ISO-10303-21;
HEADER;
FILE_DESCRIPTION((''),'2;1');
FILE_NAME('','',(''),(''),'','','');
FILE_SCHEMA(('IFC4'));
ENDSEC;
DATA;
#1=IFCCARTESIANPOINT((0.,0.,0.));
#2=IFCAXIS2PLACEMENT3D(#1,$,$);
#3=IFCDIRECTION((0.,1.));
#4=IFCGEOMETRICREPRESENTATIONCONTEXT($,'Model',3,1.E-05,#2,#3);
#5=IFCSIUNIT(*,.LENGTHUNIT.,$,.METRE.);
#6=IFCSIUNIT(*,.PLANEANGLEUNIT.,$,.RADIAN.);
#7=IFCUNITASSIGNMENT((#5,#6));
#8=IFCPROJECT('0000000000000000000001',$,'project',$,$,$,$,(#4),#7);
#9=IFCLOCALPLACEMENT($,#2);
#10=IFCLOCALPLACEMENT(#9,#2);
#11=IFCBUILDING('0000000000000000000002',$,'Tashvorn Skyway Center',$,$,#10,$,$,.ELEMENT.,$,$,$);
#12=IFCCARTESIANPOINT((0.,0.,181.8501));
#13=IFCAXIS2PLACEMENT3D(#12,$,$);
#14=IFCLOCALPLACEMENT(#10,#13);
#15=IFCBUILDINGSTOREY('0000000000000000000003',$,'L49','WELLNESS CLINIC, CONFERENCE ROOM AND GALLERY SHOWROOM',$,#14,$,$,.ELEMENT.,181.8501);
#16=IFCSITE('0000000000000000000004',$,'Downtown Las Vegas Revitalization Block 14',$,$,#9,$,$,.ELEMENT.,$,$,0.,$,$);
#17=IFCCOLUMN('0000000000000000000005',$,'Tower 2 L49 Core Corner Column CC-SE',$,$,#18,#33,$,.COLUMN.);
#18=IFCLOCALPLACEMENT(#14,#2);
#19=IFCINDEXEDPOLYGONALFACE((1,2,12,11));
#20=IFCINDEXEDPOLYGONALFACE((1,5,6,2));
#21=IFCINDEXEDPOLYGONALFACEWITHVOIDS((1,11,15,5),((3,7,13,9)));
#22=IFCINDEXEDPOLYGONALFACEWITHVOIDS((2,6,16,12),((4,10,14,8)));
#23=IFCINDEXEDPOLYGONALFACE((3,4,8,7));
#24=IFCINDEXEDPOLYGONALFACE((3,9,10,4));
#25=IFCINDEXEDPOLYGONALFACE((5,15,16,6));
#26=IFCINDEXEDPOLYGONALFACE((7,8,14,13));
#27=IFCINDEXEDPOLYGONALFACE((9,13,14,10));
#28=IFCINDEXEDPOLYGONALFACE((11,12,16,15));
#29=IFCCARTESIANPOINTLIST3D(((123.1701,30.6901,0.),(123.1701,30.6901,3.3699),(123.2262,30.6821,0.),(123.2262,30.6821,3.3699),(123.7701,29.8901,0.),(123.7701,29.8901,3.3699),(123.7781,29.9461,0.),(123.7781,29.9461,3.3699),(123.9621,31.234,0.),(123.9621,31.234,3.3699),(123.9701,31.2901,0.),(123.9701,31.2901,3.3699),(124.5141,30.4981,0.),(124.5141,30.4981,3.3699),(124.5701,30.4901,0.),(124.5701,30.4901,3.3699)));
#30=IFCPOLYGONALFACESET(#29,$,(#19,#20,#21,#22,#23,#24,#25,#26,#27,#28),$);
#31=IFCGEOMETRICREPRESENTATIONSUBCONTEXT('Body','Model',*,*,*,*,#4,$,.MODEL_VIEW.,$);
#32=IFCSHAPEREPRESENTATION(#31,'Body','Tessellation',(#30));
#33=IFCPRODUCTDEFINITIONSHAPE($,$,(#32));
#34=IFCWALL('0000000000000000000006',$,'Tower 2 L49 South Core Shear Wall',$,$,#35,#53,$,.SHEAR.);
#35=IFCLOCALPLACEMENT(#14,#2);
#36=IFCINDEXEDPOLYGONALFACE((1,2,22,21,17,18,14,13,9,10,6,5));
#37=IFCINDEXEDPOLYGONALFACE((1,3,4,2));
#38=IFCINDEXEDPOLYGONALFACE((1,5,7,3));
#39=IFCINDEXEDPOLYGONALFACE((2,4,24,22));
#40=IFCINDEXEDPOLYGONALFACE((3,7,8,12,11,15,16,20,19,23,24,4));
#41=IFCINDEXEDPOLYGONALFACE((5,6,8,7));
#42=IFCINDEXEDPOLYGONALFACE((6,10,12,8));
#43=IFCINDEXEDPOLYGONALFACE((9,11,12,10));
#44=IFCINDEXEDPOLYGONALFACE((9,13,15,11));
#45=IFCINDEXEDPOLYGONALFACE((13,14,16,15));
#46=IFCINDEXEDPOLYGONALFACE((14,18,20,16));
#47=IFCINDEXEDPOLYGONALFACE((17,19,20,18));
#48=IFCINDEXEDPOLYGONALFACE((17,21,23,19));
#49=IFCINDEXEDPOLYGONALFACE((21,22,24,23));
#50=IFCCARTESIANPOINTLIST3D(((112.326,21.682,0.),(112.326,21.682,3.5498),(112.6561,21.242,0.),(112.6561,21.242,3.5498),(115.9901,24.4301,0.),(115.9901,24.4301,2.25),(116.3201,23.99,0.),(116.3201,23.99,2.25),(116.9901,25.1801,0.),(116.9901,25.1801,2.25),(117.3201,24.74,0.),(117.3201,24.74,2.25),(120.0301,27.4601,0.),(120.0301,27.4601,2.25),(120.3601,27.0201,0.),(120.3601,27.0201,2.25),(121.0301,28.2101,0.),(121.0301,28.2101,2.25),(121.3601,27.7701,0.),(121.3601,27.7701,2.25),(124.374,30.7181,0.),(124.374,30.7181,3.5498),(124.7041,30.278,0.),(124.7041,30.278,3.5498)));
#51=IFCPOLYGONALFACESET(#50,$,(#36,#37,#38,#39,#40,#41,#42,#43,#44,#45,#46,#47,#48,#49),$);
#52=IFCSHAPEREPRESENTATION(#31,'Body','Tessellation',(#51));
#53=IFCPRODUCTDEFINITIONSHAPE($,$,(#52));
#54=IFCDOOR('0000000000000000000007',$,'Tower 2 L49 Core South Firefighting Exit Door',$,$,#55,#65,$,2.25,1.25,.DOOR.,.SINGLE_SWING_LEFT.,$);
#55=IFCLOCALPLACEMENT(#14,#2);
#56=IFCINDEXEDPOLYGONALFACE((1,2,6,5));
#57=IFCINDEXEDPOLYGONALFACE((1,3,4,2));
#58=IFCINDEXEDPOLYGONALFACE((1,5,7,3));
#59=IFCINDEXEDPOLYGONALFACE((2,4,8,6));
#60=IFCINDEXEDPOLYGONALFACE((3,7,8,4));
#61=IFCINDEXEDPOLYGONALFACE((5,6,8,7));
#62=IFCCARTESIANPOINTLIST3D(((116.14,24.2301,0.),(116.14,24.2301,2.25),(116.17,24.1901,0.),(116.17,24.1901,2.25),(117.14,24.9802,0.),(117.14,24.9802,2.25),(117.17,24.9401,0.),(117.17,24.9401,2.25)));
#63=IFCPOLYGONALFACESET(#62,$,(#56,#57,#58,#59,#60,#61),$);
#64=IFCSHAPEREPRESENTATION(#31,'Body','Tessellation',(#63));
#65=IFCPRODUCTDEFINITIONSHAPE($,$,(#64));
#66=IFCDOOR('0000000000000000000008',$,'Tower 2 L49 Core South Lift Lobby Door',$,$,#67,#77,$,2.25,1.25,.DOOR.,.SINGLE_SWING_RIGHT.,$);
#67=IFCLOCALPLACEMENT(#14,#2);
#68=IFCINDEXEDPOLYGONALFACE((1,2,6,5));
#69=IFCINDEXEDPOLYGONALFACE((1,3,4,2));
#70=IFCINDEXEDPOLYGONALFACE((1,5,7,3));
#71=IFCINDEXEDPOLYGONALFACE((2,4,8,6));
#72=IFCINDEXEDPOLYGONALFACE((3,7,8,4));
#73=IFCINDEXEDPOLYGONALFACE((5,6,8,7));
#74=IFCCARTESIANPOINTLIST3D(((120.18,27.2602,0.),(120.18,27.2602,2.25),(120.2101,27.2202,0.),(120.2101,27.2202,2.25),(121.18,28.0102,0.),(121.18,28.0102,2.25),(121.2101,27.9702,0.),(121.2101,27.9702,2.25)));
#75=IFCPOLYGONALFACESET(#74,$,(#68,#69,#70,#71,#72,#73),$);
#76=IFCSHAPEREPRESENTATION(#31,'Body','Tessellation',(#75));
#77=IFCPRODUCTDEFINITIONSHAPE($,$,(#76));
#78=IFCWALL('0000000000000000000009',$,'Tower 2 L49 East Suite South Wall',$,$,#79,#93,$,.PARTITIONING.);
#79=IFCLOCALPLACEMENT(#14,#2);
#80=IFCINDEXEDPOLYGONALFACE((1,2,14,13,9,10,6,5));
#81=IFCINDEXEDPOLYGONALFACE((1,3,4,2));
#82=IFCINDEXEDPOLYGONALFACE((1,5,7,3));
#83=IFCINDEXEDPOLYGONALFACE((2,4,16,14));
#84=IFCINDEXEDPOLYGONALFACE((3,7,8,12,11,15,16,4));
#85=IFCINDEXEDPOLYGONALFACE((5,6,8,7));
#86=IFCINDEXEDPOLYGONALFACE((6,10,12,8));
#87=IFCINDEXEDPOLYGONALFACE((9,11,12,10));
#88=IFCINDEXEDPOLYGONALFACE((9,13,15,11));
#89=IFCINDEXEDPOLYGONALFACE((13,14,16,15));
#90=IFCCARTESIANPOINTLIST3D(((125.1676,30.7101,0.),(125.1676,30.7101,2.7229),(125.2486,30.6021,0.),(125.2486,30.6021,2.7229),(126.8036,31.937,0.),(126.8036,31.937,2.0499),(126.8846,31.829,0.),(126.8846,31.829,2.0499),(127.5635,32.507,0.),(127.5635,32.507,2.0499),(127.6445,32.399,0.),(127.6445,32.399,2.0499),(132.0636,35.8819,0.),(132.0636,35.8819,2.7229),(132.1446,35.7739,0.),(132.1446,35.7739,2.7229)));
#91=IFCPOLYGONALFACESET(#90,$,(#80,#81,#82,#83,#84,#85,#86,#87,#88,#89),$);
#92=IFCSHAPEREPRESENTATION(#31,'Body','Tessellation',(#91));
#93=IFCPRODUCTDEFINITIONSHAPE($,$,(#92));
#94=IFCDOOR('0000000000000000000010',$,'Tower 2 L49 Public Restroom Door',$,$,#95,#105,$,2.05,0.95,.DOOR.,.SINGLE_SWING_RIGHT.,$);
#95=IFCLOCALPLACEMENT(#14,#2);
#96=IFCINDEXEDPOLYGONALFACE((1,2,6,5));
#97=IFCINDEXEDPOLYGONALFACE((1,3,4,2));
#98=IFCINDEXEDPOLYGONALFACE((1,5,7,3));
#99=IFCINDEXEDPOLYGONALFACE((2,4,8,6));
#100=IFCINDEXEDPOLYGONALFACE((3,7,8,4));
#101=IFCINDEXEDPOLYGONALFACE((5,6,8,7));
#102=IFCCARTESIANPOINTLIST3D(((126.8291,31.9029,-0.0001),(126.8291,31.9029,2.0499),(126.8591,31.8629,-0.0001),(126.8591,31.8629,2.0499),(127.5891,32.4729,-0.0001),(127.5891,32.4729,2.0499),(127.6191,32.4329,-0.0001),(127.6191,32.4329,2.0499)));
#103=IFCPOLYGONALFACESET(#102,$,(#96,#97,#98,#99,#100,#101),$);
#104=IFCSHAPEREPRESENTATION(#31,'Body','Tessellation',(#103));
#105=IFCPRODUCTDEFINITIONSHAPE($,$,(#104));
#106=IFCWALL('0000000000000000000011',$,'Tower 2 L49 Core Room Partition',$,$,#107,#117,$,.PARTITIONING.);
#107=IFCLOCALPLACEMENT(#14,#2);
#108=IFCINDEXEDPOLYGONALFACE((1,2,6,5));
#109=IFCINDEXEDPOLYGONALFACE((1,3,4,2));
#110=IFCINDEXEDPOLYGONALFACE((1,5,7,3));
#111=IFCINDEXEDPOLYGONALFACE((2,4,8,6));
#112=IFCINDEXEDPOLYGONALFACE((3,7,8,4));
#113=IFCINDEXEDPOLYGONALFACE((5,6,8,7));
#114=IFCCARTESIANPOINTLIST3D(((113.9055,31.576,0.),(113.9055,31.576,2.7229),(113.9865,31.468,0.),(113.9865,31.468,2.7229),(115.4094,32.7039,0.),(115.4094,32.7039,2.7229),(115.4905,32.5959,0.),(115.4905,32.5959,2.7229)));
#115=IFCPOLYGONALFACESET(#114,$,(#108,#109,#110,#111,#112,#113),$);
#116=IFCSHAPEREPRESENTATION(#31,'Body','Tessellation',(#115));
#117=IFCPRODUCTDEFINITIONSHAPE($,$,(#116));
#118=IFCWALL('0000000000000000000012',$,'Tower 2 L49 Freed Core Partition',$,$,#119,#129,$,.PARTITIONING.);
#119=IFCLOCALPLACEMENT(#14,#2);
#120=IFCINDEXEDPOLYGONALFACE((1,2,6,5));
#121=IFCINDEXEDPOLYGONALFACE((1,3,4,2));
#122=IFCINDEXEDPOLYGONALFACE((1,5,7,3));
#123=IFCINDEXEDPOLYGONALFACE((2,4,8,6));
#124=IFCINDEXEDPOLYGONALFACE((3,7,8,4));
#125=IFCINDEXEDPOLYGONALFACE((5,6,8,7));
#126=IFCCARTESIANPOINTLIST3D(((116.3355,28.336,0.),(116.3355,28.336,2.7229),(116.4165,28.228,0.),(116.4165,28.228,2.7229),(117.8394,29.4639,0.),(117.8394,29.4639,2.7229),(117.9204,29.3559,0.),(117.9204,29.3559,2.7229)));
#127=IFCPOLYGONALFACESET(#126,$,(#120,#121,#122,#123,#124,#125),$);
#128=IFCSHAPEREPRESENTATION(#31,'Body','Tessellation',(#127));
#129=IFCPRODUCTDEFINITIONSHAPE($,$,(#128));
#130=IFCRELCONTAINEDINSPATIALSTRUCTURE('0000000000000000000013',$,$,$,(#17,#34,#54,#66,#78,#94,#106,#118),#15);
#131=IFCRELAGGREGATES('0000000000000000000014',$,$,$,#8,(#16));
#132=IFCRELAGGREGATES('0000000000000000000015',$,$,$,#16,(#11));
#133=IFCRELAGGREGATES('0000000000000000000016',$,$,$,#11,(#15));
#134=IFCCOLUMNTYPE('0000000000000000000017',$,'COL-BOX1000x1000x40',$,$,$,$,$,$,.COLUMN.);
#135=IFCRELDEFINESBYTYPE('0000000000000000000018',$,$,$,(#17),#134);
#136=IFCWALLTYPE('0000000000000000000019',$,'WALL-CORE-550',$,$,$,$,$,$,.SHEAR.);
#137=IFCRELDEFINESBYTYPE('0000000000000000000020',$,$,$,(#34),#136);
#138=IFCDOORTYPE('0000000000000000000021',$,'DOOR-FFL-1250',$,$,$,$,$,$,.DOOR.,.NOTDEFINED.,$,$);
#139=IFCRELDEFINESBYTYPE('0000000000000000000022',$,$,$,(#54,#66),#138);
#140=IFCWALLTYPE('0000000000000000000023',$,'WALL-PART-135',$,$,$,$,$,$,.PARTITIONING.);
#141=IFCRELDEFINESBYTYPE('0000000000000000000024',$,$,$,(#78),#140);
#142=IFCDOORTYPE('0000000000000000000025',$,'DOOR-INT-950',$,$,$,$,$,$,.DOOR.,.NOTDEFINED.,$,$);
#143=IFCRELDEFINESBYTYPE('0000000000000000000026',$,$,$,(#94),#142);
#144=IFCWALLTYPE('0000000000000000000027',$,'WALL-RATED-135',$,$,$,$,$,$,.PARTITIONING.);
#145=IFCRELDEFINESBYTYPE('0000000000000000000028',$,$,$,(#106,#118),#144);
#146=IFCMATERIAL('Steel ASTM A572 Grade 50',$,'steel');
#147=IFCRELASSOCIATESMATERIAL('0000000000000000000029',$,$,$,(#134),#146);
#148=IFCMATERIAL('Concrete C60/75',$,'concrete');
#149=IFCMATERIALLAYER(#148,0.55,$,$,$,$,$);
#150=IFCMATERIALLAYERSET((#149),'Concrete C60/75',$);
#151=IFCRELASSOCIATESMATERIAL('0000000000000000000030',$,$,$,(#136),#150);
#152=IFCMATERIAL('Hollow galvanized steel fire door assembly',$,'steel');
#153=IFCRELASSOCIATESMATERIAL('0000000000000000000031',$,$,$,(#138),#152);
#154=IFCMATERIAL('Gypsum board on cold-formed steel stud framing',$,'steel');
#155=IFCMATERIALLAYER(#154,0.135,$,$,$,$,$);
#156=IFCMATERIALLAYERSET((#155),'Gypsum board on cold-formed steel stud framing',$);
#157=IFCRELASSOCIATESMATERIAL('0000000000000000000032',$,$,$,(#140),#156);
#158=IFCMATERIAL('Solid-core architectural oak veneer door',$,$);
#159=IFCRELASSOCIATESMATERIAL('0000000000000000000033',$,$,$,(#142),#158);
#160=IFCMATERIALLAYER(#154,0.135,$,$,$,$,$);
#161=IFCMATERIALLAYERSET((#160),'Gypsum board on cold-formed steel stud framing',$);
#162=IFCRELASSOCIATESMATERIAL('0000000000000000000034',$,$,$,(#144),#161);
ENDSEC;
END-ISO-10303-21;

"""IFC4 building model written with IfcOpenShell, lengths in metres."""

from ifc_helpers import new_model, si_unit, direction, frame, frame_2d, origin, origin_2d, place, context, subcontext, project, spatial, rectangle, hollow_rectangle, extrude, material, layer, layer_set, material_profile, profile_set, type_object, element, fill, save


model = new_model("IFC4")

# Units and contexts
model_context = context("Model", 3, precision=1e-05, world=origin(), true_north=direction((0.0, 1.0)))
body_context = subcontext(model_context, "Body", "Model", "MODEL_VIEW")
ifc_project = project(units=[si_unit("LENGTHUNIT", "METRE"), si_unit("PLANEANGLEUNIT", "RADIAN")], contexts=[model_context])

# Site, building, storey
site_placement = place(None, origin())
site = spatial("IfcSite", under=ifc_project, at=site_placement, Name="Downtown Las Vegas Revitalization Block 14", CompositionType="ELEMENT", RefElevation=0.0)
building_placement = place(site_placement, origin())
building = spatial("IfcBuilding", under=site, at=building_placement, Name="Tashvorn Skyway Center", CompositionType="ELEMENT")
storey_placement = place(building_placement, frame((0.0, 0.0, 181.8501)))
storey = spatial("IfcBuildingStorey", under=building, at=storey_placement, Name="L49", Description="WELLNESS CLINIC, CONFERENCE ROOM AND GALLERY SHOWROOM", CompositionType="ELEMENT", Elevation=181.8501)

# Column
ifc_material_1 = material(Name="Steel ASTM A572 Grade 50", Category="steel")
ifc_material_profile = material_profile(ifc_material_1, hollow_rectangle(XDim=1.0, YDim=1.0, WallThickness=0.04, at=origin_2d()), Name="BOX1000x1000x40")
ifc_profile_set = profile_set([ifc_material_profile], Name="Steel ASTM A572 Grade 50")
column_type = type_object("IfcColumnType", Name="COL-BOX1000x1000x40", PredefinedType="COLUMN", material=ifc_profile_set)
column_placement = place(storey_placement, frame((123.8701, 30.5901, 0.0), z_axis=(0.0, 0.0, 1.0), x_axis=(0.8, 0.6, 0.0)))
element("IfcColumn", 1, at=column_placement, inside=storey, type_object=column_type, Name="Tower 2 L49 Core Corner Column CC-SE", PredefinedType="COLUMN", context=body_context, shape_type="SweptSolid", body=[
    extrude(hollow_rectangle(XDim=1.0, YDim=1.0, WallThickness=0.04, at=origin_2d()), origin(), (0.0, 0.0, 1.0), 3.3699),
])

# Wall, openings, doors
ifc_material_2 = material(Name="Concrete C60/75", Category="concrete")
ifc_layer_1 = layer(ifc_material_2, 0.55)
ifc_layer_set_1 = layer_set([ifc_layer_1], Name="Concrete C60/75")
wall_type_1 = type_object("IfcWallType", Name="WALL-CORE-550", PredefinedType="SHEAR", material=ifc_layer_set_1)
wall_1_placement = place(storey_placement, frame((124.5391, 30.498, 0.0), z_axis=(0.0, 0.0, 1.0), x_axis=(-0.799998, -0.600003, 0.0)))
wall_1 = element("IfcWall", 2, at=wall_1_placement, inside=storey, type_object=wall_type_1, Name="Tower 2 L49 South Core Shear Wall", PredefinedType="SHEAR", context=body_context, shape_type="SweptSolid", body=[
    extrude(rectangle(XDim=15.0601, YDim=0.55, at=frame_2d((7.53, 0.0))), origin(), (0.0, 0.0, 1.0), 3.5498),
])
opening_1_placement = place(wall_1_placement, frame((9.23, 0.0, 0.0)))
opening_1 = element("IfcOpeningElement", 3, at=opening_1_placement, cuts=wall_1, PredefinedType="OPENING", context=body_context, shape_type="SweptSolid", body=[
    extrude(rectangle(XDim=1.25, YDim=2.25, at=frame_2d((0.625, 1.125))), frame((0.0, 0.2849, 0.0), z_axis=(0.0, -1.0, 0.0), x_axis=(1.0, 0.0, 0.0)), (0.0, 0.0, 1.0), 0.5701),
])
opening_2_placement = place(wall_1_placement, frame((4.1799, 0.0, 0.0)))
opening_2 = element("IfcOpeningElement", 4, at=opening_2_placement, cuts=wall_1, PredefinedType="OPENING", context=body_context, shape_type="SweptSolid", body=[
    extrude(rectangle(XDim=1.25, YDim=2.25, at=frame_2d((0.625, 1.125))), frame((0.0, 0.2849, 0.0), z_axis=(0.0, -1.0, 0.0), x_axis=(1.0, 0.0, 0.0)), (0.0, 0.0, 1.0), 0.5701),
])
ifc_material_3 = material(Name="Hollow galvanized steel fire door assembly", Category="steel")
door_type_1 = type_object("IfcDoorType", Name="DOOR-FFL-1250", OperationType="NOTDEFINED", PredefinedType="DOOR", material=ifc_material_3)
door_1_placement = place(opening_1_placement, origin())
door_1 = element("IfcDoor", 5, at=door_1_placement, inside=storey, type_object=door_type_1, Name="Tower 2 L49 Core South Firefighting Exit Door", OperationType="SINGLE_SWING_LEFT", OverallHeight=2.25, OverallWidth=1.25, PredefinedType="DOOR", context=body_context, shape_type="SweptSolid", body=[
    extrude(rectangle(XDim=1.25, YDim=2.25, at=frame_2d((0.625, 1.125))), frame((0.0, 0.0249, 0.0), z_axis=(0.0, -1.0, 0.0), x_axis=(1.0, 0.0, 0.0)), (0.0, 0.0, 1.0), 0.05),
])
fill(opening_1, door_1)
door_2_placement = place(opening_2_placement, origin())
door_2 = element("IfcDoor", 6, at=door_2_placement, inside=storey, type_object=door_type_1, Name="Tower 2 L49 Core South Lift Lobby Door", OperationType="SINGLE_SWING_RIGHT", OverallHeight=2.25, OverallWidth=1.25, PredefinedType="DOOR", context=body_context, shape_type="SweptSolid", body=[
    extrude(rectangle(XDim=1.25, YDim=2.25, at=frame_2d((0.625, 1.125))), frame((0.0, 0.0249, 0.0), z_axis=(0.0, -1.0, 0.0), x_axis=(1.0, 0.0, 0.0)), (0.0, 0.0, 1.0), 0.05),
])
fill(opening_2, door_2)

# Wall, opening, door
ifc_material_4 = material(Name="Gypsum board on cold-formed steel stud framing", Category="steel")
ifc_layer_2 = layer(ifc_material_4, 0.135)
ifc_layer_set_2 = layer_set([ifc_layer_2], Name="Gypsum board on cold-formed steel stud framing")
wall_type_2 = type_object("IfcWallType", Name="WALL-PART-135", PredefinedType="PARTITIONING", material=ifc_layer_set_2)
wall_2_placement = place(storey_placement, frame((125.208, 30.656, 0.0), z_axis=(0.0, 0.0, 1.0), x_axis=(0.800007, 0.599991, 0.0)))
wall_2 = element("IfcWall", 7, at=wall_2_placement, inside=storey, type_object=wall_type_2, Name="Tower 2 L49 East Suite South Wall", PredefinedType="PARTITIONING", context=body_context, shape_type="SweptSolid", body=[
    extrude(rectangle(XDim=8.6199, YDim=0.135, at=frame_2d((4.3101, 0.0))), origin(), (0.0, 0.0, 1.0), 2.7229),
])
opening_3_placement = place(wall_2_placement, frame((2.0449, 0.0, 0.0)))
opening_3 = element("IfcOpeningElement", 8, at=opening_3_placement, cuts=wall_2, PredefinedType="OPENING", context=body_context, shape_type="SweptSolid", body=[
    extrude(rectangle(XDim=0.95, YDim=2.05, at=frame_2d((0.4751, 1.0249))), frame((0.0, 0.0774, 0.0), z_axis=(0.0, -1.0, 0.0), x_axis=(1.0, 0.0, 0.0)), (0.0, 0.0, 1.0), 0.155),
])
ifc_material_5 = material(Name="Solid-core architectural oak veneer door")
door_type_2 = type_object("IfcDoorType", Name="DOOR-INT-950", OperationType="NOTDEFINED", PredefinedType="DOOR", material=ifc_material_5)
door_3_placement = place(opening_3_placement, origin())
door_3 = element("IfcDoor", 9, at=door_3_placement, inside=storey, type_object=door_type_2, Name="Tower 2 L49 Public Restroom Door", OperationType="SINGLE_SWING_RIGHT", OverallHeight=2.05, OverallWidth=0.95, PredefinedType="DOOR", context=body_context, shape_type="SweptSolid", body=[
    extrude(rectangle(XDim=0.95, YDim=2.05, at=frame_2d((0.4751, 1.0249))), frame((0.0, 0.0249, 0.0), z_axis=(0.0, -1.0, 0.0), x_axis=(1.0, 0.0, 0.0)), (0.0, 0.0, 1.0), 0.05),
])
fill(opening_3, door_3)

# Walls
ifc_layer_3 = layer(ifc_material_4, 0.135)
ifc_layer_set_3 = layer_set([ifc_layer_3], Name="Gypsum board on cold-formed steel stud framing")
wall_type_3 = type_object("IfcWallType", Name="WALL-RATED-135", PredefinedType="PARTITIONING", material=ifc_layer_set_3)
for number, where, z_axis, x_axis, name in (
    (10, (113.946, 31.522, 0.0), (0.0, 0.0, 1.0), (0.8, 0.6, 0.0), "Tower 2 L49 Core Room Partition"),
    (11, (116.376, 28.282, 0.0), (0.0, 0.0, 1.0), (0.8, 0.6, 0.0), "Tower 2 L49 Freed Core Partition"),
):
    element("IfcWall", number, at=place(storey_placement, frame(where, z_axis=z_axis, x_axis=x_axis)), inside=storey, type_object=wall_type_3, Name=name, PredefinedType="PARTITIONING", context=body_context, shape_type="SweptSolid", body=[
        extrude(rectangle(XDim=1.8799, YDim=0.135, at=frame_2d((0.9399, 0.0))), origin(), (0.0, 0.0, 1.0), 2.7229),
    ])

save(model, "model.ifc")
